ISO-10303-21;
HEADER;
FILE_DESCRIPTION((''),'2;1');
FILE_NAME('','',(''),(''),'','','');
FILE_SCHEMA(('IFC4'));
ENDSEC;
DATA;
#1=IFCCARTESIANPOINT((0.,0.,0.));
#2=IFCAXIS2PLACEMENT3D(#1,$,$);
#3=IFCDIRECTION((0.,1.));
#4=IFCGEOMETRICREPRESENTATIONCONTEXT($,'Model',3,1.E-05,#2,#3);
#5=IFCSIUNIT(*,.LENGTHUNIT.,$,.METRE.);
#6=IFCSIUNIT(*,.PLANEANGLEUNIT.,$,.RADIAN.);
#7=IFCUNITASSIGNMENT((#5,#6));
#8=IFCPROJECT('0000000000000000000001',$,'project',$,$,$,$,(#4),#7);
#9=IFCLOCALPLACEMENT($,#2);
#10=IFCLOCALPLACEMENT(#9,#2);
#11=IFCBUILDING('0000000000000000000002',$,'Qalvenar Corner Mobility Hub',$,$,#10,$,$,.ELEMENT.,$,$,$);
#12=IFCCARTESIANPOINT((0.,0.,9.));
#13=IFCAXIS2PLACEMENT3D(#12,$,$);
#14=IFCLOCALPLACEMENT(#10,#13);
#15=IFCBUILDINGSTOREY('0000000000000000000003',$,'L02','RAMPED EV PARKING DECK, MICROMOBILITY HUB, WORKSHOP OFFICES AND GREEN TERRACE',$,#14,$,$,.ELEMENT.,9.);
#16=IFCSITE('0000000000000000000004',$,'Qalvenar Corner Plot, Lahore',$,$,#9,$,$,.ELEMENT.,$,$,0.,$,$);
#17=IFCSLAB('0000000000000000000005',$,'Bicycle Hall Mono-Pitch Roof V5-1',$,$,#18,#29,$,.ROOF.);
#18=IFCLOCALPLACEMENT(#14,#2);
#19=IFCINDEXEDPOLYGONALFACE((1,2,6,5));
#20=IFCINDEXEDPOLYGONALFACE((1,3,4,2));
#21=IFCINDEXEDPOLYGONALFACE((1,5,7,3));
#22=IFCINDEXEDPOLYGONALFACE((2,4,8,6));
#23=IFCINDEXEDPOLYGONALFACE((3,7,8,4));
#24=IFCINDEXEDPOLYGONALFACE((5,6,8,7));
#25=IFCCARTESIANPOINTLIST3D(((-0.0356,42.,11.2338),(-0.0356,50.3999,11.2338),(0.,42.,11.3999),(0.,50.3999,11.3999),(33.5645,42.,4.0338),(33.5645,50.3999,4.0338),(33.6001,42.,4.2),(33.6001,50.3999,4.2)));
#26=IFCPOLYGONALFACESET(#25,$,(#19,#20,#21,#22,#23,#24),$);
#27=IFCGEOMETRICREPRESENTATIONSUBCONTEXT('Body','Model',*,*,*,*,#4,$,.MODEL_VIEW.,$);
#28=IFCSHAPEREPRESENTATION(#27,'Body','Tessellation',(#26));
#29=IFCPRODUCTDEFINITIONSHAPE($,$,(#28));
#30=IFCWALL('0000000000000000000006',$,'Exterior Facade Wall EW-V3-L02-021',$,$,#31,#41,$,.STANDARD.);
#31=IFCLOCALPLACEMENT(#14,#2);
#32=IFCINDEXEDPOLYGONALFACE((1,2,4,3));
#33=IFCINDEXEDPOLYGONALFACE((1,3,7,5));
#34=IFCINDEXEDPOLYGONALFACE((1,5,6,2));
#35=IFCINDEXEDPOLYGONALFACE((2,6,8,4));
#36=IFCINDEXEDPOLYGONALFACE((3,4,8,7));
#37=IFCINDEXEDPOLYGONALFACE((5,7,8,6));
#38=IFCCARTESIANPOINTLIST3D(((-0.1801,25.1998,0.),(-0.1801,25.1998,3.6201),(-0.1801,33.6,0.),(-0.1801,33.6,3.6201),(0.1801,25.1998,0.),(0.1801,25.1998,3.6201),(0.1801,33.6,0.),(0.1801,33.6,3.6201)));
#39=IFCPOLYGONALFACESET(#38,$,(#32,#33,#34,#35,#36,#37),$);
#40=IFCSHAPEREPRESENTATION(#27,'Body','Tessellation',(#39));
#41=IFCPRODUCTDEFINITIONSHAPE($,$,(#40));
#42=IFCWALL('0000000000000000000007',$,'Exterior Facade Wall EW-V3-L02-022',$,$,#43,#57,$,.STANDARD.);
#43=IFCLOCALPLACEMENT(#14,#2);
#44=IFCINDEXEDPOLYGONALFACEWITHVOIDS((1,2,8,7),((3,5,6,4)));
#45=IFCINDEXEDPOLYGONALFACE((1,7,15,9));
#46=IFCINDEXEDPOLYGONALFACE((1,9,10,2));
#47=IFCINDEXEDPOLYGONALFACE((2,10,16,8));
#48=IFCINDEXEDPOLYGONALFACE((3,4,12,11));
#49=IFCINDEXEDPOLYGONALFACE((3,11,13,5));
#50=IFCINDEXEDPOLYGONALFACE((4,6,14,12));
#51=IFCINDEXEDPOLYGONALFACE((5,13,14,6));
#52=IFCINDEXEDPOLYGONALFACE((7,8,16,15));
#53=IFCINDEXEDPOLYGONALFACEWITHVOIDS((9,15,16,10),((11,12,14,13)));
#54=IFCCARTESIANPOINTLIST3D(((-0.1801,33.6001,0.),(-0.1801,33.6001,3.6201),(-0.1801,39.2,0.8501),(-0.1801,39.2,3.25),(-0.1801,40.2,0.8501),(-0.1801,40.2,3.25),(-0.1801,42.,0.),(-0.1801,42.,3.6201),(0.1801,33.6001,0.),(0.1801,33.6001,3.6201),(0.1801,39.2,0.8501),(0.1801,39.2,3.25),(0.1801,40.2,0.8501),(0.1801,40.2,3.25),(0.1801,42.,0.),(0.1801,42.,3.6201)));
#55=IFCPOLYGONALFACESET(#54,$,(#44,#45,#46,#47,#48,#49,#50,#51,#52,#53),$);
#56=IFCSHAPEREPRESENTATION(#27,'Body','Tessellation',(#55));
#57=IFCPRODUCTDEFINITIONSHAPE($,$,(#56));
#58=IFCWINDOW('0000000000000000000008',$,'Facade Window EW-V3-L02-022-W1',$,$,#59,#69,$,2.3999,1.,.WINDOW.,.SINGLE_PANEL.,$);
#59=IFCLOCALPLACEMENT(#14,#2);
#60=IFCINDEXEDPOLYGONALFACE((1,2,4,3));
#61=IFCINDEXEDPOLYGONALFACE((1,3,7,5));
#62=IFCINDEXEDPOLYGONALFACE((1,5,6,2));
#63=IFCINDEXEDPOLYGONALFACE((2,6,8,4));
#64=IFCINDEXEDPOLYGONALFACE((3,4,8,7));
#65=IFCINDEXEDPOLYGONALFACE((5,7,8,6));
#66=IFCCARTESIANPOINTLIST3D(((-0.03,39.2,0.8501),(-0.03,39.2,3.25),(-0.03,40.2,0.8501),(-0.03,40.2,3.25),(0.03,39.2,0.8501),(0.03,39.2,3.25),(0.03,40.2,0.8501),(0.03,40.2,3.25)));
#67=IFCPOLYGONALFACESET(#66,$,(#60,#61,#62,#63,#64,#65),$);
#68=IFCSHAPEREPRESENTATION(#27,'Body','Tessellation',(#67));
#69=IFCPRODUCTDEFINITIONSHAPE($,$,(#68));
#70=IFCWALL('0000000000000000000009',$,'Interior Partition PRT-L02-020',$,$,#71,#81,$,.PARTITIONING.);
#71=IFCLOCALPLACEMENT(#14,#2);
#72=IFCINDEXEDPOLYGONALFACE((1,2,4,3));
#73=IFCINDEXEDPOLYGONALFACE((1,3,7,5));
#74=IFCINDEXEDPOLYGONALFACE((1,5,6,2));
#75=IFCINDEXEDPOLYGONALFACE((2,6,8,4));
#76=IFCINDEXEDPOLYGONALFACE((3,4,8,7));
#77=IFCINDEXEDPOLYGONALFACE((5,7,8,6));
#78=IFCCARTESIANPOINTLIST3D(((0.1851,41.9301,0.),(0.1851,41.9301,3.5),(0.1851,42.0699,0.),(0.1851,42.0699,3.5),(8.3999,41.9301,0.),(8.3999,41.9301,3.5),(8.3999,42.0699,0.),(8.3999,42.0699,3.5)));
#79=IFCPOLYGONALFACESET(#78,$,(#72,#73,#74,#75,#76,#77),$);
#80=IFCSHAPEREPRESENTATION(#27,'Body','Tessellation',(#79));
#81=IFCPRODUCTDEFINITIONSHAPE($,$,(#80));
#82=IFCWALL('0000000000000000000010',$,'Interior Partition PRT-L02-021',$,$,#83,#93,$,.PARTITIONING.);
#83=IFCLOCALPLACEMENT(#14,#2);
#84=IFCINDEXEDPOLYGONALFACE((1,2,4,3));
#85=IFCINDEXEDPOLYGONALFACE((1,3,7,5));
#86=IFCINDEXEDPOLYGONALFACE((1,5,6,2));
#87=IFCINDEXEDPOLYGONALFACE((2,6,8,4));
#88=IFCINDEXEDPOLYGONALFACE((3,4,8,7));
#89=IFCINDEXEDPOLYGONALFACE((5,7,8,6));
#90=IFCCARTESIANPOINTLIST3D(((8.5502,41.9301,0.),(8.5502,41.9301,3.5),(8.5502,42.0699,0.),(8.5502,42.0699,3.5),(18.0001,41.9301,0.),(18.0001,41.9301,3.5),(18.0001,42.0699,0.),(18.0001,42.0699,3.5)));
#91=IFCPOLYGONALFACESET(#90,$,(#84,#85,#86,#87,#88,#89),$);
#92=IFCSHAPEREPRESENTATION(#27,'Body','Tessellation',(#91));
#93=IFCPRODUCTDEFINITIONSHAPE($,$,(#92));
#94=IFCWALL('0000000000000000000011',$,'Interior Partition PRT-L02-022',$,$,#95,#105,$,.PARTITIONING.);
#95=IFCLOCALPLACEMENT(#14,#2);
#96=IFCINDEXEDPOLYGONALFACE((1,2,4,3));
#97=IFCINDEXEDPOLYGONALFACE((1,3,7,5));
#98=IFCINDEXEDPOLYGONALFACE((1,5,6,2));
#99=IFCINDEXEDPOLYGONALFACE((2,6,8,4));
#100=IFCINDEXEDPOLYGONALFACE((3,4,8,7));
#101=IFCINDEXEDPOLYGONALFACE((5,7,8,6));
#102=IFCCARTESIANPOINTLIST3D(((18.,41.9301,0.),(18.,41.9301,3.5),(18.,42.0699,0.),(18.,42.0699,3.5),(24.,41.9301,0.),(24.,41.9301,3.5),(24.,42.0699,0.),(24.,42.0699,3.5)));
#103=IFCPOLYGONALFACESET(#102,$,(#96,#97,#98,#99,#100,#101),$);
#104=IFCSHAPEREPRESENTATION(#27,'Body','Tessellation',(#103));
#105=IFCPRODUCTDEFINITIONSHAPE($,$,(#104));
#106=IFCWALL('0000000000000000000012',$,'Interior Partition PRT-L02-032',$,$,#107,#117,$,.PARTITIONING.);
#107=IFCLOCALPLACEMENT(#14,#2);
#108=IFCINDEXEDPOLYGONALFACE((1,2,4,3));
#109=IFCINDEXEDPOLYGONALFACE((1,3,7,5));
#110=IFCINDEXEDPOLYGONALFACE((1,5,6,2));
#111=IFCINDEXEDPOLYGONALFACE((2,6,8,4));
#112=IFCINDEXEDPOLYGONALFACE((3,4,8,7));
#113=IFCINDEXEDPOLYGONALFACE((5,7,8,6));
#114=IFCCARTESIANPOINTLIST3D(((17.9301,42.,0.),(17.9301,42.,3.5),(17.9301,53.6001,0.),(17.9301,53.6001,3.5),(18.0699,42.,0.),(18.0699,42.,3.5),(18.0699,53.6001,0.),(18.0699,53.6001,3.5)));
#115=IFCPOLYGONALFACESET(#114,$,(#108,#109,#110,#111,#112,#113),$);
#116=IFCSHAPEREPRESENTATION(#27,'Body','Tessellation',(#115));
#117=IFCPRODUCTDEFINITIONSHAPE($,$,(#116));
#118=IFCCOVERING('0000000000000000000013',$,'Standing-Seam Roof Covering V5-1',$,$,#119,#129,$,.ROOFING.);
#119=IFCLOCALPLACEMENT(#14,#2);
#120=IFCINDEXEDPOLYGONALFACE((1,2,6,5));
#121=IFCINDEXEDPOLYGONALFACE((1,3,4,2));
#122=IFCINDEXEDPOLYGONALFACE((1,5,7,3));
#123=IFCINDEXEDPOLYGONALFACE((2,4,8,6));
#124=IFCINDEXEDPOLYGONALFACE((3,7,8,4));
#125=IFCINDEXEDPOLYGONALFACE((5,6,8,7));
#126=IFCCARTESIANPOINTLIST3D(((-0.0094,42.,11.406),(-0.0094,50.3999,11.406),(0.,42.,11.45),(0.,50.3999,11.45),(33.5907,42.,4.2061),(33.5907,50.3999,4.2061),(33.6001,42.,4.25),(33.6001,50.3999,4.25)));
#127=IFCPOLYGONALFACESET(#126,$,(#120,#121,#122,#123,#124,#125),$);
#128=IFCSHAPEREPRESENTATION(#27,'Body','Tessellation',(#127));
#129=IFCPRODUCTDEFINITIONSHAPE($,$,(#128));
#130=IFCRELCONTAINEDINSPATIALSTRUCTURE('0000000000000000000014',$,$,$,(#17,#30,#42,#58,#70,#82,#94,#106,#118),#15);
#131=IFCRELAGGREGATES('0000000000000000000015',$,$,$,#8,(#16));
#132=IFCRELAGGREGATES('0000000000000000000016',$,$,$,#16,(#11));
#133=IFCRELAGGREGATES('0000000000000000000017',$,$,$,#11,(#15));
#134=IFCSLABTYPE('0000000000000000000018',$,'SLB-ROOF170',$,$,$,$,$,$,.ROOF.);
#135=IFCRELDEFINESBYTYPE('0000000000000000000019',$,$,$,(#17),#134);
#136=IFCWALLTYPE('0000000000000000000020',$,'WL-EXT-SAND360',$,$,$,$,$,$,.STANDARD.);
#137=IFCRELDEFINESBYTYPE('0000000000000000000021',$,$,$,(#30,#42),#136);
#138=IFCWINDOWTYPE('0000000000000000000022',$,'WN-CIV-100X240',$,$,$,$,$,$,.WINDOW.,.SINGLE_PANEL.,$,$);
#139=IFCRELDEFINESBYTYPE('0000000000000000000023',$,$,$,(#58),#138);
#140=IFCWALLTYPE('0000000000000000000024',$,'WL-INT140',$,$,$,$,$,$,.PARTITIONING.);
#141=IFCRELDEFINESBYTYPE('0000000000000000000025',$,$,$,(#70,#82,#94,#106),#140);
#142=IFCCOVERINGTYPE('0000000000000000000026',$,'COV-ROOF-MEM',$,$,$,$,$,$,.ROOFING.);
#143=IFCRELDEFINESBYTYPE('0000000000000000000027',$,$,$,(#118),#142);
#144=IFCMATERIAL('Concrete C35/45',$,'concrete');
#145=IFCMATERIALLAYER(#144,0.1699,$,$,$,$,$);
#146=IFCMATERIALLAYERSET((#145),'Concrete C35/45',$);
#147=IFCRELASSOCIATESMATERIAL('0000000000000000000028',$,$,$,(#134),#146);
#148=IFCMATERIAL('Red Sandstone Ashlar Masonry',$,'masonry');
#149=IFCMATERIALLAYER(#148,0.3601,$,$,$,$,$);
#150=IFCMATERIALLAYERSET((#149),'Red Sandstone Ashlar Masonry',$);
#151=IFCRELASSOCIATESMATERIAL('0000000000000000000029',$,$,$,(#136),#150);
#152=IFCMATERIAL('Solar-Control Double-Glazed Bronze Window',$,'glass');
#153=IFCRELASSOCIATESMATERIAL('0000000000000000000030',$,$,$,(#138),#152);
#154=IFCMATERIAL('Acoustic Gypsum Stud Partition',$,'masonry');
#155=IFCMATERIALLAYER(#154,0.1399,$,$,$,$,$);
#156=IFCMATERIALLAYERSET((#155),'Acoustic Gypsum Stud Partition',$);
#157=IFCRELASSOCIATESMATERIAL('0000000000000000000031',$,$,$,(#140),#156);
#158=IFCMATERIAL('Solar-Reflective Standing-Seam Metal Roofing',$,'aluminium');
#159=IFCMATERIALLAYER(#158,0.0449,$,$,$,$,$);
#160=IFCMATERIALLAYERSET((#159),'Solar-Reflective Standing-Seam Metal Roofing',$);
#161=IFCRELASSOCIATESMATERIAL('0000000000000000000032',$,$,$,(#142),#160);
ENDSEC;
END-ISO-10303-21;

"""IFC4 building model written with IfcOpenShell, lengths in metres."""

from ifc_helpers import new_model, si_unit, direction, frame, frame_2d, origin, place, context, subcontext, project, spatial, polyline, rectangle, outline, extrude, material, layer, layer_set, type_object, element, fill, save


model = new_model("IFC4")

# Units and contexts
model_context = context("Model", 3, precision=1e-05, world=origin(), true_north=direction((0.0, 1.0)))
body_context = subcontext(model_context, "Body", "Model", "MODEL_VIEW")
ifc_project = project(units=[si_unit("LENGTHUNIT", "METRE"), si_unit("PLANEANGLEUNIT", "RADIAN")], contexts=[model_context])

# Site, building, storey
site_placement = place(None, origin())
site = spatial("IfcSite", under=ifc_project, at=site_placement, Name="Qalvenar Corner Plot, Lahore", CompositionType="ELEMENT", RefElevation=0.0)
building_placement = place(site_placement, origin())
building = spatial("IfcBuilding", under=site, at=building_placement, Name="Qalvenar Corner Mobility Hub", CompositionType="ELEMENT")
storey_placement = place(building_placement, frame((0.0, 0.0, 9.0)))
storey = spatial("IfcBuildingStorey", under=building, at=storey_placement, Name="L02", Description="RAMPED EV PARKING DECK, MICROMOBILITY HUB, WORKSHOP OFFICES AND GREEN TERRACE", CompositionType="ELEMENT", Elevation=9.0)

# Slab
ifc_material_1 = material(Name="Concrete C35/45", Category="concrete")
ifc_layer_1 = layer(ifc_material_1, 0.1699)
ifc_layer_set_1 = layer_set([ifc_layer_1], Name="Concrete C35/45")
slab_type = type_object("IfcSlabType", Name="SLB-ROOF170", PredefinedType="ROOF", material=ifc_layer_set_1)
slab_placement = place(storey_placement, frame((0.0, 42.0, 11.3999), z_axis=(0.209527, 0.0, 0.977803), x_axis=(0.977803, 0.0, -0.209527)))
element("IfcSlab", 1, at=slab_placement, inside=storey, type_object=slab_type, Name="Bicycle Hall Mono-Pitch Roof V5-1", PredefinedType="ROOF", context=body_context, shape_type="SweptSolid", body=[
    extrude(outline(polyline([(0.0, 0.0), (34.3629, 0.0), (34.3629, 8.3999), (0.0, 8.3999), (0.0, 0.0)])), origin(), (0.0, 0.0, -1.0), 0.1699),
])

# Wall
ifc_material_2 = material(Name="Red Sandstone Ashlar Masonry", Category="masonry")
ifc_layer_2 = layer(ifc_material_2, 0.3601)
ifc_layer_set_2 = layer_set([ifc_layer_2], Name="Red Sandstone Ashlar Masonry")
wall_type_1 = type_object("IfcWallType", Name="WL-EXT-SAND360", PredefinedType="STANDARD", material=ifc_layer_set_2)
wall_1_placement = place(storey_placement, frame((0.0, 33.6001, 0.0), z_axis=(0.0, 0.0, 1.0), x_axis=(0.0, -1.0, 0.0)))
element("IfcWall", 2, at=wall_1_placement, inside=storey, type_object=wall_type_1, Name="Exterior Facade Wall EW-V3-L02-021", PredefinedType="STANDARD", context=body_context, shape_type="SweptSolid", body=[
    extrude(rectangle(XDim=8.4001, YDim=0.3601, at=frame_2d((4.2002, 0.0))), origin(), (0.0, 0.0, 1.0), 3.6201),
])

# Wall, opening, window
wall_2_placement = place(storey_placement, frame((0.0, 42.0, 0.0), z_axis=(0.0, 0.0, 1.0), x_axis=(0.0, -1.0, 0.0)))
wall_2 = element("IfcWall", 3, at=wall_2_placement, inside=storey, type_object=wall_type_1, Name="Exterior Facade Wall EW-V3-L02-022", PredefinedType="STANDARD", context=body_context, shape_type="SweptSolid", body=[
    extrude(rectangle(XDim=8.3999, YDim=0.3601, at=frame_2d((4.2, 0.0))), origin(), (0.0, 0.0, 1.0), 3.6201),
])
opening_placement = place(wall_2_placement, frame((1.8, 0.0, 0.8501)))
opening = element("IfcOpeningElement", 4, at=opening_placement, cuts=wall_2, PredefinedType="OPENING", context=body_context, shape_type="SweptSolid", body=[
    extrude(rectangle(XDim=1.0, YDim=2.3999, at=frame_2d((0.5, 1.2))), frame((0.0, 0.1899, 0.0), z_axis=(0.0, -1.0, 0.0), x_axis=(1.0, 0.0, 0.0)), (0.0, 0.0, 1.0), 0.3801),
])
ifc_material_3 = material(Name="Solar-Control Double-Glazed Bronze Window", Category="glass")
window_type = type_object("IfcWindowType", Name="WN-CIV-100X240", PartitioningType="SINGLE_PANEL", PredefinedType="WINDOW", material=ifc_material_3)
window_placement = place(opening_placement, origin())
window = element("IfcWindow", 5, at=window_placement, inside=storey, type_object=window_type, Name="Facade Window EW-V3-L02-022-W1", OverallHeight=2.3999, OverallWidth=1.0, PartitioningType="SINGLE_PANEL", PredefinedType="WINDOW", context=body_context, shape_type="SweptSolid", body=[
    extrude(rectangle(XDim=1.0, YDim=2.3999, at=frame_2d((0.5, 1.2))), frame((0.0, 0.03, 0.0), z_axis=(0.0, -1.0, 0.0), x_axis=(1.0, 0.0, 0.0)), (0.0, 0.0, 1.0), 0.0601),
])
fill(opening, window)

# Walls
ifc_material_4 = material(Name="Acoustic Gypsum Stud Partition", Category="masonry")
ifc_layer_3 = layer(ifc_material_4, 0.1399)
ifc_layer_set_3 = layer_set([ifc_layer_3], Name="Acoustic Gypsum Stud Partition")
wall_type_2 = type_object("IfcWallType", Name="WL-INT140", PredefinedType="PARTITIONING", material=ifc_layer_set_3)
wall_3_placement = place(storey_placement, frame((0.1851, 42.0, 0.0), z_axis=(0.0, 0.0, 1.0), x_axis=(1.0, 0.0, 0.0)))
element("IfcWall", 6, at=wall_3_placement, inside=storey, type_object=wall_type_2, Name="Interior Partition PRT-L02-020", PredefinedType="PARTITIONING", context=body_context, shape_type="SweptSolid", body=[
    extrude(rectangle(XDim=8.2148, YDim=0.1399, at=frame_2d((4.1074, 0.0))), origin(), (0.0, 0.0, 1.0), 3.5),
])
wall_4_placement = place(storey_placement, frame((8.55, 42.0, 0.0), z_axis=(0.0, 0.0, 1.0), x_axis=(1.0, 0.0, 0.0)))
element("IfcWall", 7, at=wall_4_placement, inside=storey, type_object=wall_type_2, Name="Interior Partition PRT-L02-021", PredefinedType="PARTITIONING", context=body_context, shape_type="SweptSolid", body=[
    extrude(rectangle(XDim=9.45, YDim=0.1399, at=frame_2d((4.7251, 0.0))), origin(), (0.0, 0.0, 1.0), 3.5),
])
wall_5_placement = place(storey_placement, frame((18.0, 42.0, 0.0), z_axis=(0.0, 0.0, 1.0), x_axis=(1.0, 0.0, 0.0)))
element("IfcWall", 8, at=wall_5_placement, inside=storey, type_object=wall_type_2, Name="Interior Partition PRT-L02-022", PredefinedType="PARTITIONING", context=body_context, shape_type="SweptSolid", body=[
    extrude(rectangle(XDim=6.0, YDim=0.1399, at=frame_2d((3.0, 0.0))), origin(), (0.0, 0.0, 1.0), 3.5),
])
wall_6_placement = place(storey_placement, frame((18.0, 42.0, 0.0), z_axis=(0.0, 0.0, 1.0), x_axis=(0.0, 1.0, 0.0)))
element("IfcWall", 9, at=wall_6_placement, inside=storey, type_object=wall_type_2, Name="Interior Partition PRT-L02-032", PredefinedType="PARTITIONING", context=body_context, shape_type="SweptSolid", body=[
    extrude(rectangle(XDim=11.6001, YDim=0.1399, at=frame_2d((5.8, 0.0))), origin(), (0.0, 0.0, 1.0), 3.5),
])

# Covering
ifc_material_5 = material(Name="Solar-Reflective Standing-Seam Metal Roofing", Category="aluminium")
ifc_layer_4 = layer(ifc_material_5, 0.0449)
ifc_layer_set_4 = layer_set([ifc_layer_4], Name="Solar-Reflective Standing-Seam Metal Roofing")
covering_type = type_object("IfcCoveringType", Name="COV-ROOF-MEM", PredefinedType="ROOFING", material=ifc_layer_set_4)
covering_placement = place(storey_placement, frame((0.0, 42.0, 11.45), z_axis=(0.209527, 0.0, 0.977803), x_axis=(0.977803, 0.0, -0.209527)))
element("IfcCovering", 10, at=covering_placement, inside=storey, type_object=covering_type, Name="Standing-Seam Roof Covering V5-1", PredefinedType="ROOFING", context=body_context, shape_type="SweptSolid", body=[
    extrude(outline(polyline([(0.0, 0.0), (34.3629, 0.0), (34.3629, 8.3999), (0.0, 8.3999), (0.0, 0.0)])), origin(), (0.0, 0.0, -1.0), 0.0449),
])

save(model, "model.ifc")
